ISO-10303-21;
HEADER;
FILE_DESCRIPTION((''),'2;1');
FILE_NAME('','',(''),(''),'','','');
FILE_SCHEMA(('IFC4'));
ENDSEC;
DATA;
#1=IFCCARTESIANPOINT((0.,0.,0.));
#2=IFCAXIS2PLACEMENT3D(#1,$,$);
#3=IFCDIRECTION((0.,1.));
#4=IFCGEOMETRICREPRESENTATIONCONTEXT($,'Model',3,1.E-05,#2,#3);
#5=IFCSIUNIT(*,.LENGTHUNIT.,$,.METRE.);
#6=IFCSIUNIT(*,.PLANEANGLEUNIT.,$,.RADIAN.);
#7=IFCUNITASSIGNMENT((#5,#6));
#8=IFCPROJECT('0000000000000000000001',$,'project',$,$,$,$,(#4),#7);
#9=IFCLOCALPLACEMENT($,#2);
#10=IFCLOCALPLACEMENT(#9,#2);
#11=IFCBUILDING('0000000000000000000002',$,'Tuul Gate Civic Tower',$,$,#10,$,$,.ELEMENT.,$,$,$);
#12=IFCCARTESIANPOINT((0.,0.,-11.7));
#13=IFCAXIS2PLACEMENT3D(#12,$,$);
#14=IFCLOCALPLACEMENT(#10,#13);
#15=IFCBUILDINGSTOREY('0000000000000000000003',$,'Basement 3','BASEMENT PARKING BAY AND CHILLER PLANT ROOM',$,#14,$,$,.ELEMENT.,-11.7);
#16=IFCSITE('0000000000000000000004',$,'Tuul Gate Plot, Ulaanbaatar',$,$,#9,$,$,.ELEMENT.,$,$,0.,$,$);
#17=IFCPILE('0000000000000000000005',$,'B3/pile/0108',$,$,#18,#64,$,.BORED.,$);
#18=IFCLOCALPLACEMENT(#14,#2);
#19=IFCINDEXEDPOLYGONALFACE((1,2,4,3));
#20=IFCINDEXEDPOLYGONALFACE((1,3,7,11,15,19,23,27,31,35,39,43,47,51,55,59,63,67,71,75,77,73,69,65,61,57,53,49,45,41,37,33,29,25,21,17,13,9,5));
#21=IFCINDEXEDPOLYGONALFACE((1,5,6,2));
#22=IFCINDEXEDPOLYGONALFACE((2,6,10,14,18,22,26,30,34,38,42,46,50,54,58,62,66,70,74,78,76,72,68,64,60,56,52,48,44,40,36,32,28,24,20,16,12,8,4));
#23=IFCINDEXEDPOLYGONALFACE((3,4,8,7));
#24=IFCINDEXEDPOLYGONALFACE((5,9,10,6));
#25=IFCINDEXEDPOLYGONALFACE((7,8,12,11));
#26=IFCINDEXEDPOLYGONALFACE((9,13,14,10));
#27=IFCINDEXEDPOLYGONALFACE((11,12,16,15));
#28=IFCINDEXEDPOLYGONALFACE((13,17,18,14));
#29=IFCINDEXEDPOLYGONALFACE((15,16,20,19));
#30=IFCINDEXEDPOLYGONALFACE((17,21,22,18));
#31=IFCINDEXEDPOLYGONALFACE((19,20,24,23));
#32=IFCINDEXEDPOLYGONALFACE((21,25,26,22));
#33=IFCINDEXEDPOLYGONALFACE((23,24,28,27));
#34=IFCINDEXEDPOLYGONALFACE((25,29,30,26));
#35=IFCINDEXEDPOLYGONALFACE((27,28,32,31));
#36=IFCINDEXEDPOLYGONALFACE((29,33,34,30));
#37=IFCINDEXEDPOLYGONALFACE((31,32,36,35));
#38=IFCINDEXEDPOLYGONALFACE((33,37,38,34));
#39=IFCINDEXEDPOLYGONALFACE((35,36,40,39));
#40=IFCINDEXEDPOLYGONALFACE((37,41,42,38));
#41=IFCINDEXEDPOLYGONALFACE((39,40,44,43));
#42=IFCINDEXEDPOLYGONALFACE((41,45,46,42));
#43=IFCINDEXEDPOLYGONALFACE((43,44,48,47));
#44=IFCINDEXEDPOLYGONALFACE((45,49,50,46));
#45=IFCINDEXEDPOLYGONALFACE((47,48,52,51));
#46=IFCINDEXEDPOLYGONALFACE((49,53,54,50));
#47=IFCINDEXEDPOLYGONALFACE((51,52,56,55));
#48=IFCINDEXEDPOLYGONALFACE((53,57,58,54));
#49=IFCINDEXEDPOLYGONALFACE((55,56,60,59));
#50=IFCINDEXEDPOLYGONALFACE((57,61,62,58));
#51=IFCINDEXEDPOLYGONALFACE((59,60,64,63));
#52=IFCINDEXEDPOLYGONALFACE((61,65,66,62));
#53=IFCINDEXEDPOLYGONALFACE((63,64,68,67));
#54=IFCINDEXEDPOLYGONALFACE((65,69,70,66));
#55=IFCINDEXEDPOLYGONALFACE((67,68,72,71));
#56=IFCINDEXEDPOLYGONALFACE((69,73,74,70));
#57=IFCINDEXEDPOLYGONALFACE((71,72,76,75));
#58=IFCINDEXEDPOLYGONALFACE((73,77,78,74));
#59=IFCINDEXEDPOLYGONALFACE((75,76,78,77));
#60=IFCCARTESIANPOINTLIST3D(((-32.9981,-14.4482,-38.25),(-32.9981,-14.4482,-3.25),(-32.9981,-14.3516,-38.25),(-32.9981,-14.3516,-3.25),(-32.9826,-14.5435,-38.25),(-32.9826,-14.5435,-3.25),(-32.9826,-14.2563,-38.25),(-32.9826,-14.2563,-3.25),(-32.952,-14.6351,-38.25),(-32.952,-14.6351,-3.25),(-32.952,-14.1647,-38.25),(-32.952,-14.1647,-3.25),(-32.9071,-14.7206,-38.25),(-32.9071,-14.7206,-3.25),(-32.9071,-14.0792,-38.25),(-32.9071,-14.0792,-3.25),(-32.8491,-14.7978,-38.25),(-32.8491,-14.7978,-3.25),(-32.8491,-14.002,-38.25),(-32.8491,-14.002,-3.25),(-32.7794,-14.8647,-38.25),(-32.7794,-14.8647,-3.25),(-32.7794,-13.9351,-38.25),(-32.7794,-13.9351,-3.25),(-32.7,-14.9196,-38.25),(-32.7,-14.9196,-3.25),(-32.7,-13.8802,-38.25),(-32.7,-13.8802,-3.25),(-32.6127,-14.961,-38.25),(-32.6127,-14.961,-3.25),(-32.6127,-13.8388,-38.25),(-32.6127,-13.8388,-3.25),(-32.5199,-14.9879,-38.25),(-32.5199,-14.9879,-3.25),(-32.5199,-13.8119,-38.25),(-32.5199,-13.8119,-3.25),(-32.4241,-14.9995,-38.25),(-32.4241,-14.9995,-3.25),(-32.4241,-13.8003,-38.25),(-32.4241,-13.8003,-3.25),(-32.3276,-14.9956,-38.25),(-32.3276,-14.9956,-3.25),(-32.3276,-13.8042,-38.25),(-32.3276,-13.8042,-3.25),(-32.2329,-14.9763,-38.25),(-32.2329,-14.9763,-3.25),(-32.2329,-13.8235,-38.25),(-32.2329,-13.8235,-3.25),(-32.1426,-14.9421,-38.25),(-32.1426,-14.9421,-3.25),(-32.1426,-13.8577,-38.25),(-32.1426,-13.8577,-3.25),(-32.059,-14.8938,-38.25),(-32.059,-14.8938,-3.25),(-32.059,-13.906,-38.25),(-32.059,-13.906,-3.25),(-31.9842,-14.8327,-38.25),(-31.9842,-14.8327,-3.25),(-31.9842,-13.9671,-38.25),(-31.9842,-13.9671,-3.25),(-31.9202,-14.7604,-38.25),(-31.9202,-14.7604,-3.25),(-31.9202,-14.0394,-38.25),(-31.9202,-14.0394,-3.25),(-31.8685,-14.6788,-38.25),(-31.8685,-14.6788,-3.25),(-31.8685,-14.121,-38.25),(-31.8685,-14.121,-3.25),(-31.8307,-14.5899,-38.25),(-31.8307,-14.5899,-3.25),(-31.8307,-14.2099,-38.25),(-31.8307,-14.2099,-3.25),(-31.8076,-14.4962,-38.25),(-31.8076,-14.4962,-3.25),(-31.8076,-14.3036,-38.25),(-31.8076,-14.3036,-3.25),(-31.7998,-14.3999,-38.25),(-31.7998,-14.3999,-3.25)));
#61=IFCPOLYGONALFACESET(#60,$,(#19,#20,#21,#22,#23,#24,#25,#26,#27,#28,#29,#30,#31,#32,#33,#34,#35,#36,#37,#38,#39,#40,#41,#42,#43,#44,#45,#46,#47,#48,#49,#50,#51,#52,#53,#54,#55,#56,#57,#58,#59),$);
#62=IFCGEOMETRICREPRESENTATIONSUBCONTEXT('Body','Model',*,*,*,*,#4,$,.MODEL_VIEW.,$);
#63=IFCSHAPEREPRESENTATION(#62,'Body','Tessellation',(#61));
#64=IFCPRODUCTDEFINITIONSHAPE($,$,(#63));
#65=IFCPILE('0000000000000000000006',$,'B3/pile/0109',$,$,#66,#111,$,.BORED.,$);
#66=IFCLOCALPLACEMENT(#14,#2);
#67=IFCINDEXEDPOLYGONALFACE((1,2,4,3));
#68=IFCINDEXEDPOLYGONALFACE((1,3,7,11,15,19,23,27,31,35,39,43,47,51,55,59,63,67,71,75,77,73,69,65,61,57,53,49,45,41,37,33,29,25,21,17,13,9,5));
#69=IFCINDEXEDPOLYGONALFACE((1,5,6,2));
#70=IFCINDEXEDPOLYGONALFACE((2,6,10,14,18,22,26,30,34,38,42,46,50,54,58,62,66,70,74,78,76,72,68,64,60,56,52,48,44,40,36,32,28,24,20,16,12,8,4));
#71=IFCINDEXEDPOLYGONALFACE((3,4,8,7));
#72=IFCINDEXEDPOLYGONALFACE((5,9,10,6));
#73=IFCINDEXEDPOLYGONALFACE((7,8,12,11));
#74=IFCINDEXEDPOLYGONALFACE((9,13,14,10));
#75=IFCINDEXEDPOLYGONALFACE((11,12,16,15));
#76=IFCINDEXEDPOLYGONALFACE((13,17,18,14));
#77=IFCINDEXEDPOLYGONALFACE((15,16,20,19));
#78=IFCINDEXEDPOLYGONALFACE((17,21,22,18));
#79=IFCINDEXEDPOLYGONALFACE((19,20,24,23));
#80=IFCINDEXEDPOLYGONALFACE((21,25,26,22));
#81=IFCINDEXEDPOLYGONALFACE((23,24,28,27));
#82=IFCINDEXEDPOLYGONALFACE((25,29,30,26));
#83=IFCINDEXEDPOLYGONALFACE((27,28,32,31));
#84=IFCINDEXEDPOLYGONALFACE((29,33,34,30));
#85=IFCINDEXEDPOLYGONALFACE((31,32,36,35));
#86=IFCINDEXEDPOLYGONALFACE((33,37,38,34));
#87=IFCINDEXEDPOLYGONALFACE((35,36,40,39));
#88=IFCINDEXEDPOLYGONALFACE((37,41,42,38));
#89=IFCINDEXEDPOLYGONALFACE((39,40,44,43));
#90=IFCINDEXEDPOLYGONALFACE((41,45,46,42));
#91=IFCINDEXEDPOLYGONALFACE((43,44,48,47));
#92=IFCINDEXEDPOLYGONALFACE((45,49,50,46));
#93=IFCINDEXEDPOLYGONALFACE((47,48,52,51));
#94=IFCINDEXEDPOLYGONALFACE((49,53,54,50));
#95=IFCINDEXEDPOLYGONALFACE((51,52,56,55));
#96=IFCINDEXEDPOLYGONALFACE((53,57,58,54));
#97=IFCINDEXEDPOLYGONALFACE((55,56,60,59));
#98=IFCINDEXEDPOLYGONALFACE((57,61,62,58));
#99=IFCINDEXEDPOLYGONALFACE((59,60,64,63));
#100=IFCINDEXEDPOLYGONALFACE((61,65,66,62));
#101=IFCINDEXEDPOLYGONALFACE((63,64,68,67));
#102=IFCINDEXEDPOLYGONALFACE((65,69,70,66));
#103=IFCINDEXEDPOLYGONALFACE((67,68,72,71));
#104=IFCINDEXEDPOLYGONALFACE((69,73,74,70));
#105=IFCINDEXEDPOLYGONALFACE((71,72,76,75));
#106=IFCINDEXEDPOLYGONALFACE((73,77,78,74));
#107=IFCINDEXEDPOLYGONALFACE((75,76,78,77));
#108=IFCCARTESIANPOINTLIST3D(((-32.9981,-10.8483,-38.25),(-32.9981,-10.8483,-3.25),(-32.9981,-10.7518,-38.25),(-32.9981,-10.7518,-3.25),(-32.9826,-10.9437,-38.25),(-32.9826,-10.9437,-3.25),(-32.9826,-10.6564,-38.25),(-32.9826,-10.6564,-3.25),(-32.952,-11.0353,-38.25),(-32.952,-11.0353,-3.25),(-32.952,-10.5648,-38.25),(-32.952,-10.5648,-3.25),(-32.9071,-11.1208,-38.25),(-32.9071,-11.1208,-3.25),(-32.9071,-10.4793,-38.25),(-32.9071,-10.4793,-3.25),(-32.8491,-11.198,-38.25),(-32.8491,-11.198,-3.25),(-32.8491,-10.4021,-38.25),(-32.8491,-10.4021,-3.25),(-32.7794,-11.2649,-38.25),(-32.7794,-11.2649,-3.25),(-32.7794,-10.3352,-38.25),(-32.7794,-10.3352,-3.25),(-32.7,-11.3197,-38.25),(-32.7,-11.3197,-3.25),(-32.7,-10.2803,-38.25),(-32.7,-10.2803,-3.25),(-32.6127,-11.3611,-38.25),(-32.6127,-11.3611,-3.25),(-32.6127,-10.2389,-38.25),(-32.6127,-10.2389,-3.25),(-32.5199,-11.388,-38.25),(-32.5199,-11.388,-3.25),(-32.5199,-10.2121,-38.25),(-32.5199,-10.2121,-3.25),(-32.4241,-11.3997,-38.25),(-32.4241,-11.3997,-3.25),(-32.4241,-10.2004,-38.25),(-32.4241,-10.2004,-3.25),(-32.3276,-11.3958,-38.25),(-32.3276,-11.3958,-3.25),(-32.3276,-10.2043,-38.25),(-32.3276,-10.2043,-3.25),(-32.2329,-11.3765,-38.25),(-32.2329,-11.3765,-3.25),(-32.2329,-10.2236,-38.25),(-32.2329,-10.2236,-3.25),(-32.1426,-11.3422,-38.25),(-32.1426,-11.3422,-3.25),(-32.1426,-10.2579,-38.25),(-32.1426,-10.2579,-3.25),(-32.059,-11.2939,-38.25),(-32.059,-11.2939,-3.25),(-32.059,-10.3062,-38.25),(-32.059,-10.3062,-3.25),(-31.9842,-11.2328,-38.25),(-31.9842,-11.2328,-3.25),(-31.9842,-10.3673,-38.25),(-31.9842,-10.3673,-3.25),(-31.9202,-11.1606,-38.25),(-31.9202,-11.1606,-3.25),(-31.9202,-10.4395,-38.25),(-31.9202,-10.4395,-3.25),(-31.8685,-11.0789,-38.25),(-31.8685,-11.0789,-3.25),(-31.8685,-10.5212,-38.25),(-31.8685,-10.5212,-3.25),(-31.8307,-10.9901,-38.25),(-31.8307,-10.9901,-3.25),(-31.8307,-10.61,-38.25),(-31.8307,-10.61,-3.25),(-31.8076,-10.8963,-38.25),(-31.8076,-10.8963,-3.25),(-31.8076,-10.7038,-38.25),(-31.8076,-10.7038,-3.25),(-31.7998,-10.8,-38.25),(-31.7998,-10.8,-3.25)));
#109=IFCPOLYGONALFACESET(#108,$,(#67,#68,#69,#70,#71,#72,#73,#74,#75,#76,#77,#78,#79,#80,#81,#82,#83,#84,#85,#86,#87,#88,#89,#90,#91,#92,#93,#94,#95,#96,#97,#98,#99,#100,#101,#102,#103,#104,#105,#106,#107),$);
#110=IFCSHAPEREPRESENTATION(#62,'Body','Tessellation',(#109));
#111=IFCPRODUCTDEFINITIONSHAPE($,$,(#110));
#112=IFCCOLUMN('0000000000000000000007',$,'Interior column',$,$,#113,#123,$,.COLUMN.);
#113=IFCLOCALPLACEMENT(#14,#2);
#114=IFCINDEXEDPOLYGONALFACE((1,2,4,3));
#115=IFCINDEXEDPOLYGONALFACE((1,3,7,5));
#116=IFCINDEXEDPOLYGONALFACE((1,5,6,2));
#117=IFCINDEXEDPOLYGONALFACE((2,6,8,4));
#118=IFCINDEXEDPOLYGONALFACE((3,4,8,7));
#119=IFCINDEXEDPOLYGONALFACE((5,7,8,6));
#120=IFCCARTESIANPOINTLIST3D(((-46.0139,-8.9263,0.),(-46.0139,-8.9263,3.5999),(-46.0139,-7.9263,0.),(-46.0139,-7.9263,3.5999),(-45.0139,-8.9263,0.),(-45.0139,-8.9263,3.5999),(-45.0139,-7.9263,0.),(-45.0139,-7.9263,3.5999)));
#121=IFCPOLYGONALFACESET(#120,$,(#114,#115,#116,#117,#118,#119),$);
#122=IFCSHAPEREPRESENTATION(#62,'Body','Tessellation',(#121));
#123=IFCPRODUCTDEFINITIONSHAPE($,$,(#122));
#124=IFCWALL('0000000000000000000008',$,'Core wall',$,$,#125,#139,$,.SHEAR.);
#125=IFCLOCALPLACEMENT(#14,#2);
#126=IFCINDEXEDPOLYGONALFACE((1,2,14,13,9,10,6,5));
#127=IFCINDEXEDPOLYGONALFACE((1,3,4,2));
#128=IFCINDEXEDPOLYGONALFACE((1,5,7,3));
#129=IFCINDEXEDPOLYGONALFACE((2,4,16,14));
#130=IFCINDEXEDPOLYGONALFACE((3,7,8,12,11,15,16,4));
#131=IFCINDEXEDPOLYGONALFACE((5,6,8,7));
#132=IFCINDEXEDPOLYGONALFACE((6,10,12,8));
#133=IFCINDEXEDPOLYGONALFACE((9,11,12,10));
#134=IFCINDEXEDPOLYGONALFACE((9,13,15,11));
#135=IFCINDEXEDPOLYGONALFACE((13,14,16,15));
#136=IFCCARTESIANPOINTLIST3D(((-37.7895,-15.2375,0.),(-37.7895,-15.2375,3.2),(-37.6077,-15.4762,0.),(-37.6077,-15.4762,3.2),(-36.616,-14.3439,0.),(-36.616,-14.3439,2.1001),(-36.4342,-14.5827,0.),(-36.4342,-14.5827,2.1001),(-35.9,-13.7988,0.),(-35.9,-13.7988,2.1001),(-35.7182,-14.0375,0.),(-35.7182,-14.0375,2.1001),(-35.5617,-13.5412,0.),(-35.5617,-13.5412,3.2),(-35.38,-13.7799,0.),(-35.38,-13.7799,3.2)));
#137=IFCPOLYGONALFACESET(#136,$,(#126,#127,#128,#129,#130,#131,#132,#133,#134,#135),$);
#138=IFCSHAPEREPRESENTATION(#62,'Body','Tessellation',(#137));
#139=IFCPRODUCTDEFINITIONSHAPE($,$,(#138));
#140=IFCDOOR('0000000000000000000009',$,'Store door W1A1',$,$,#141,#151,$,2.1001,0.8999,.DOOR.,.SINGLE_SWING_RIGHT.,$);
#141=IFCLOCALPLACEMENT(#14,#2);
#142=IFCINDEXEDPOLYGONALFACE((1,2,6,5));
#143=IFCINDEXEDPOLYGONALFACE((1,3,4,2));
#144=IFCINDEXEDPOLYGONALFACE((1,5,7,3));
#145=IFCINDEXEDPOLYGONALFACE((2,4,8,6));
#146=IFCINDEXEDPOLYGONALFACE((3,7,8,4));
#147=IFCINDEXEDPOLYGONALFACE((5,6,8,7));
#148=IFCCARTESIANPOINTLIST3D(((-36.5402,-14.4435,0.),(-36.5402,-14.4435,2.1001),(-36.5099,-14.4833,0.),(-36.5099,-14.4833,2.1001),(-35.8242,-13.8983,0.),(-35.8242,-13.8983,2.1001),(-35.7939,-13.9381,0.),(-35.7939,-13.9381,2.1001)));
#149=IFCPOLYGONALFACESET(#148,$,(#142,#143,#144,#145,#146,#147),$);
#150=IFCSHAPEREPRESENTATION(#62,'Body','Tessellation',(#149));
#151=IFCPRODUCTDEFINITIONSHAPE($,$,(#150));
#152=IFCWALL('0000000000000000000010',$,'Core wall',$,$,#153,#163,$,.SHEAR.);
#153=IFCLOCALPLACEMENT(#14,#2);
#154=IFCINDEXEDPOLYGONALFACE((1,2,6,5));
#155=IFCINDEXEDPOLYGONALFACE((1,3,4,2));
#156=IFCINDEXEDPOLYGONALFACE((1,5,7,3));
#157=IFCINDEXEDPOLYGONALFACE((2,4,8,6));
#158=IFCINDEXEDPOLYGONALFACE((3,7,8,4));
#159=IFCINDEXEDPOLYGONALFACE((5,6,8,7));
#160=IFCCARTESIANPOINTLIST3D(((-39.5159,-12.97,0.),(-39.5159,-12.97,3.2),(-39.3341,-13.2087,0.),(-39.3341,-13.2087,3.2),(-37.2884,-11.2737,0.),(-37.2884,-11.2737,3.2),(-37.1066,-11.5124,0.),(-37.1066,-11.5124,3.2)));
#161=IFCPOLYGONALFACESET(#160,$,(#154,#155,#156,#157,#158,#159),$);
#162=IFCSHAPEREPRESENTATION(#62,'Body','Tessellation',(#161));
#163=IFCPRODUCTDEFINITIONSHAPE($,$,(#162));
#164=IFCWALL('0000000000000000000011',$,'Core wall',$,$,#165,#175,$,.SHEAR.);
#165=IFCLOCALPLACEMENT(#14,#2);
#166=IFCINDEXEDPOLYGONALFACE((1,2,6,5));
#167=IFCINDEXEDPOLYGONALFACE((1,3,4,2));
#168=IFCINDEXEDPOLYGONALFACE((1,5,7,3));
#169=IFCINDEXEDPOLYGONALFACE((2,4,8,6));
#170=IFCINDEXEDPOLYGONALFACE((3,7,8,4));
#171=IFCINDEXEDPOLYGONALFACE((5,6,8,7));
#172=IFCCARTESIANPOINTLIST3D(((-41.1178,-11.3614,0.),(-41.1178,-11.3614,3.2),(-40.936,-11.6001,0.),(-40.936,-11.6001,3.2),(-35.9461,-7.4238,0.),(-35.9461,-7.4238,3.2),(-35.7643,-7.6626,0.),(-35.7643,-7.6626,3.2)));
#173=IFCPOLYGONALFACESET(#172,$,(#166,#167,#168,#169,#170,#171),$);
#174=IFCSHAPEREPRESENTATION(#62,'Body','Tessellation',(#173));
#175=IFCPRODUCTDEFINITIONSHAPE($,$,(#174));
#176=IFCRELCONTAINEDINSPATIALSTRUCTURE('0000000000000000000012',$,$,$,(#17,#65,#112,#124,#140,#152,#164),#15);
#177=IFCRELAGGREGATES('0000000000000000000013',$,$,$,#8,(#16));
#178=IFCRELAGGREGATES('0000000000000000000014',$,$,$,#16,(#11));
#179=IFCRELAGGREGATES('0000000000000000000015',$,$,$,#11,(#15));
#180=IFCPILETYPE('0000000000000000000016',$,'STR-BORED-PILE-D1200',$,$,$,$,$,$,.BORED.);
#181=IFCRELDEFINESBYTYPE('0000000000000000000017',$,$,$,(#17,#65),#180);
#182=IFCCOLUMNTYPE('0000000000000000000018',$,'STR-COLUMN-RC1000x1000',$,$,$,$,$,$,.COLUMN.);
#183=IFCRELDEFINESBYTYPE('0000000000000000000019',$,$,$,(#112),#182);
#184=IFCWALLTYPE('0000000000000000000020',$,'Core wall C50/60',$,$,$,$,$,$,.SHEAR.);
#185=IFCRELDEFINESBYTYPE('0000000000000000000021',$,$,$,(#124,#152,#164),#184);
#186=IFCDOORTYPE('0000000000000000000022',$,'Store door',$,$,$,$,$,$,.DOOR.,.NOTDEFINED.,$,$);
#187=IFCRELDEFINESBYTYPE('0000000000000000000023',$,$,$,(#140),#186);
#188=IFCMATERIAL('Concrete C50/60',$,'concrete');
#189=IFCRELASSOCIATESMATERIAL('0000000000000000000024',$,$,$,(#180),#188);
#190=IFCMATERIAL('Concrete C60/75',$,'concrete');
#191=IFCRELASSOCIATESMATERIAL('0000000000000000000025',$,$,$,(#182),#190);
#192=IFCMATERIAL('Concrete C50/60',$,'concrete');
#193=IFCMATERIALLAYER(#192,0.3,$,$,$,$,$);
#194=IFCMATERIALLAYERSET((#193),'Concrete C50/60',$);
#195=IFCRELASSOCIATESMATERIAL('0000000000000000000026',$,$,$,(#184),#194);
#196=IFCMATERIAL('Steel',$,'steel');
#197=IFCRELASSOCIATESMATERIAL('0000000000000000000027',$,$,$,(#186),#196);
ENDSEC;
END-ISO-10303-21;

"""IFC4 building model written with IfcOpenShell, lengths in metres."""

from ifc_helpers import new_model, si_unit, direction, frame, frame_2d, origin, origin_2d, place, context, subcontext, project, spatial, rectangle, circle, extrude, material, layer, layer_set, material_profile, profile_set, type_object, element, fill, save


model = new_model("IFC4")

# Units and contexts
model_context = context("Model", 3, precision=1e-05, world=origin(), true_north=direction((0.0, 1.0)))
body_context = subcontext(model_context, "Body", "Model", "MODEL_VIEW")
ifc_project = project(units=[si_unit("LENGTHUNIT", "METRE"), si_unit("PLANEANGLEUNIT", "RADIAN")], contexts=[model_context])

# Site, building, storey
site_placement = place(None, origin())
site = spatial("IfcSite", under=ifc_project, at=site_placement, Name="Tuul Gate Plot, Ulaanbaatar", CompositionType="ELEMENT", RefElevation=0.0)
building_placement = place(site_placement, origin())
building = spatial("IfcBuilding", under=site, at=building_placement, Name="Tuul Gate Civic Tower", CompositionType="ELEMENT")
storey_placement = place(building_placement, frame((0.0, 0.0, -11.7)))
storey = spatial("IfcBuildingStorey", under=building, at=storey_placement, Name="Basement 3", Description="BASEMENT PARKING BAY AND CHILLER PLANT ROOM", CompositionType="ELEMENT", Elevation=-11.7)

# Piles
ifc_material_1 = material(Name="Concrete C50/60", Category="concrete")
ifc_material_profile_1 = material_profile(ifc_material_1, circle(Radius=0.6001, at=origin_2d()), Name="PILE1200")
ifc_profile_set_1 = profile_set([ifc_material_profile_1], Name="Concrete C50/60")
pile_type = type_object("IfcPileType", Name="STR-BORED-PILE-D1200", PredefinedType="BORED", material=ifc_profile_set_1)
for number, where, z_axis, x_axis, name in (
    (1, (-32.3999, -14.3999, -3.25), (0.0, 0.0, -1.0), (1.0, 0.0, 0.0), "B3/pile/0108"),
    (2, (-32.3999, -10.8, -3.25), (0.0, 0.0, -1.0), (1.0, 0.0, 0.0), "B3/pile/0109"),
):
    element("IfcPile", number, at=place(storey_placement, frame(where, z_axis=z_axis, x_axis=x_axis)), inside=storey, type_object=pile_type, Name=name, PredefinedType="BORED", context=body_context, shape_type="SweptSolid", body=[
        extrude(circle(Radius=0.6001, at=origin_2d()), origin(), (0.0, 0.0, 1.0), 35.0),
    ])

# Column
ifc_material_2 = material(Name="Concrete C60/75", Category="concrete")
ifc_material_profile_2 = material_profile(ifc_material_2, rectangle(XDim=1.0, YDim=1.0, at=origin_2d()), Name="RC1000x1000")
ifc_profile_set_2 = profile_set([ifc_material_profile_2], Name="Concrete C60/75")
column_type = type_object("IfcColumnType", Name="STR-COLUMN-RC1000x1000", PredefinedType="COLUMN", material=ifc_profile_set_2)
column_placement = place(storey_placement, frame((-45.5139, -8.4263, 0.0), z_axis=(0.0, 0.0, 1.0), x_axis=(1.0, 0.0, 0.0)))
element("IfcColumn", 3, at=column_placement, inside=storey, type_object=column_type, Name="Interior column", PredefinedType="COLUMN", context=body_context, shape_type="SweptSolid", body=[
    extrude(rectangle(XDim=1.0, YDim=1.0, at=origin_2d()), origin(), (0.0, 0.0, 1.0), 3.5999),
])

# Wall, opening, door
ifc_material_3 = material(Name="Concrete C50/60", Category="concrete")
ifc_layer = layer(ifc_material_3, 0.3)
ifc_layer_set = layer_set([ifc_layer], Name="Concrete C50/60")
wall_type = type_object("IfcWallType", Name="Core wall C50/60", PredefinedType="SHEAR", material=ifc_layer_set)
wall_1_placement = place(storey_placement, frame((-35.4709, -13.6606, 0.0), z_axis=(0.0, 0.0, 1.0), x_axis=(-0.795616, -0.605802, 0.0)))
wall_1 = element("IfcWall", 4, at=wall_1_placement, inside=storey, type_object=wall_type, Name="Core wall", PredefinedType="SHEAR", context=body_context, shape_type="SweptSolid", body=[
    extrude(rectangle(XDim=2.8, YDim=0.3, at=frame_2d((1.3999, 0.0))), origin(), (0.0, 0.0, 1.0), 3.2),
])
opening_1_placement = place(wall_1_placement, frame((0.425, 0.0, 0.0)))
opening_1 = element("IfcOpeningElement", 5, at=opening_1_placement, cuts=wall_1, PredefinedType="OPENING", context=body_context, shape_type="SweptSolid", body=[
    extrude(rectangle(XDim=0.8999, YDim=2.1001, at=frame_2d((0.45, 1.05))), frame((0.0, 0.1602, 0.0), z_axis=(0.0, -1.0, 0.0), x_axis=(1.0, 0.0, 0.0)), (0.0, 0.0, 1.0), 0.3201),
])
ifc_material_4 = material(Name="Steel", Category="steel")
door_type_1 = type_object("IfcDoorType", Name="Store door", OperationType="NOTDEFINED", PredefinedType="DOOR", material=ifc_material_4)
door_1_placement = place(opening_1_placement, frame((0.8999, 0.0, 0.0), z_axis=(0.0, 0.0, 1.0), x_axis=(-1.0, 0.0, 0.0)))
door_1 = element("IfcDoor", 6, at=door_1_placement, inside=storey, type_object=door_type_1, Name="Store door W1A1", OperationType="SINGLE_SWING_RIGHT", OverallHeight=2.1001, OverallWidth=0.8999, PredefinedType="DOOR", context=body_context, shape_type="SweptSolid", body=[
    extrude(rectangle(XDim=0.8999, YDim=2.1001, at=frame_2d((0.45, 1.05))), frame((0.0, 0.0249, 0.0), z_axis=(0.0, -1.0, 0.0), x_axis=(1.0, 0.0, 0.0)), (0.0, 0.0, 1.0), 0.05),
])
fill(opening_1, door_1)

# Walls
wall_2_placement = place(storey_placement, frame((-37.1975, -11.3931, 0.0), z_axis=(0.0, 0.0, 1.0), x_axis=(-0.795584, -0.605844, 0.0)))
element("IfcWall", 7, at=wall_2_placement, inside=storey, type_object=wall_type, Name="Core wall", PredefinedType="SHEAR", context=body_context, shape_type="SweptSolid", body=[
    extrude(rectangle(XDim=2.7998, YDim=0.3, at=frame_2d((1.3999, 0.0))), origin(), (0.0, 0.0, 1.0), 3.2),
])
wall_3_placement = place(storey_placement, frame((-35.8552, -7.5432, 0.0), z_axis=(0.0, 0.0, 1.0), x_axis=(-0.795639, -0.605772, 0.0)))
element("IfcWall", 8, at=wall_3_placement, inside=storey, type_object=wall_type, Name="Core wall", PredefinedType="SHEAR", context=body_context, shape_type="SweptSolid", body=[
    extrude(rectangle(XDim=6.5, YDim=0.3, at=frame_2d((3.25, 0.0))), origin(), (0.0, 0.0, 1.0), 3.2),
])

save(model, "model.ifc")
